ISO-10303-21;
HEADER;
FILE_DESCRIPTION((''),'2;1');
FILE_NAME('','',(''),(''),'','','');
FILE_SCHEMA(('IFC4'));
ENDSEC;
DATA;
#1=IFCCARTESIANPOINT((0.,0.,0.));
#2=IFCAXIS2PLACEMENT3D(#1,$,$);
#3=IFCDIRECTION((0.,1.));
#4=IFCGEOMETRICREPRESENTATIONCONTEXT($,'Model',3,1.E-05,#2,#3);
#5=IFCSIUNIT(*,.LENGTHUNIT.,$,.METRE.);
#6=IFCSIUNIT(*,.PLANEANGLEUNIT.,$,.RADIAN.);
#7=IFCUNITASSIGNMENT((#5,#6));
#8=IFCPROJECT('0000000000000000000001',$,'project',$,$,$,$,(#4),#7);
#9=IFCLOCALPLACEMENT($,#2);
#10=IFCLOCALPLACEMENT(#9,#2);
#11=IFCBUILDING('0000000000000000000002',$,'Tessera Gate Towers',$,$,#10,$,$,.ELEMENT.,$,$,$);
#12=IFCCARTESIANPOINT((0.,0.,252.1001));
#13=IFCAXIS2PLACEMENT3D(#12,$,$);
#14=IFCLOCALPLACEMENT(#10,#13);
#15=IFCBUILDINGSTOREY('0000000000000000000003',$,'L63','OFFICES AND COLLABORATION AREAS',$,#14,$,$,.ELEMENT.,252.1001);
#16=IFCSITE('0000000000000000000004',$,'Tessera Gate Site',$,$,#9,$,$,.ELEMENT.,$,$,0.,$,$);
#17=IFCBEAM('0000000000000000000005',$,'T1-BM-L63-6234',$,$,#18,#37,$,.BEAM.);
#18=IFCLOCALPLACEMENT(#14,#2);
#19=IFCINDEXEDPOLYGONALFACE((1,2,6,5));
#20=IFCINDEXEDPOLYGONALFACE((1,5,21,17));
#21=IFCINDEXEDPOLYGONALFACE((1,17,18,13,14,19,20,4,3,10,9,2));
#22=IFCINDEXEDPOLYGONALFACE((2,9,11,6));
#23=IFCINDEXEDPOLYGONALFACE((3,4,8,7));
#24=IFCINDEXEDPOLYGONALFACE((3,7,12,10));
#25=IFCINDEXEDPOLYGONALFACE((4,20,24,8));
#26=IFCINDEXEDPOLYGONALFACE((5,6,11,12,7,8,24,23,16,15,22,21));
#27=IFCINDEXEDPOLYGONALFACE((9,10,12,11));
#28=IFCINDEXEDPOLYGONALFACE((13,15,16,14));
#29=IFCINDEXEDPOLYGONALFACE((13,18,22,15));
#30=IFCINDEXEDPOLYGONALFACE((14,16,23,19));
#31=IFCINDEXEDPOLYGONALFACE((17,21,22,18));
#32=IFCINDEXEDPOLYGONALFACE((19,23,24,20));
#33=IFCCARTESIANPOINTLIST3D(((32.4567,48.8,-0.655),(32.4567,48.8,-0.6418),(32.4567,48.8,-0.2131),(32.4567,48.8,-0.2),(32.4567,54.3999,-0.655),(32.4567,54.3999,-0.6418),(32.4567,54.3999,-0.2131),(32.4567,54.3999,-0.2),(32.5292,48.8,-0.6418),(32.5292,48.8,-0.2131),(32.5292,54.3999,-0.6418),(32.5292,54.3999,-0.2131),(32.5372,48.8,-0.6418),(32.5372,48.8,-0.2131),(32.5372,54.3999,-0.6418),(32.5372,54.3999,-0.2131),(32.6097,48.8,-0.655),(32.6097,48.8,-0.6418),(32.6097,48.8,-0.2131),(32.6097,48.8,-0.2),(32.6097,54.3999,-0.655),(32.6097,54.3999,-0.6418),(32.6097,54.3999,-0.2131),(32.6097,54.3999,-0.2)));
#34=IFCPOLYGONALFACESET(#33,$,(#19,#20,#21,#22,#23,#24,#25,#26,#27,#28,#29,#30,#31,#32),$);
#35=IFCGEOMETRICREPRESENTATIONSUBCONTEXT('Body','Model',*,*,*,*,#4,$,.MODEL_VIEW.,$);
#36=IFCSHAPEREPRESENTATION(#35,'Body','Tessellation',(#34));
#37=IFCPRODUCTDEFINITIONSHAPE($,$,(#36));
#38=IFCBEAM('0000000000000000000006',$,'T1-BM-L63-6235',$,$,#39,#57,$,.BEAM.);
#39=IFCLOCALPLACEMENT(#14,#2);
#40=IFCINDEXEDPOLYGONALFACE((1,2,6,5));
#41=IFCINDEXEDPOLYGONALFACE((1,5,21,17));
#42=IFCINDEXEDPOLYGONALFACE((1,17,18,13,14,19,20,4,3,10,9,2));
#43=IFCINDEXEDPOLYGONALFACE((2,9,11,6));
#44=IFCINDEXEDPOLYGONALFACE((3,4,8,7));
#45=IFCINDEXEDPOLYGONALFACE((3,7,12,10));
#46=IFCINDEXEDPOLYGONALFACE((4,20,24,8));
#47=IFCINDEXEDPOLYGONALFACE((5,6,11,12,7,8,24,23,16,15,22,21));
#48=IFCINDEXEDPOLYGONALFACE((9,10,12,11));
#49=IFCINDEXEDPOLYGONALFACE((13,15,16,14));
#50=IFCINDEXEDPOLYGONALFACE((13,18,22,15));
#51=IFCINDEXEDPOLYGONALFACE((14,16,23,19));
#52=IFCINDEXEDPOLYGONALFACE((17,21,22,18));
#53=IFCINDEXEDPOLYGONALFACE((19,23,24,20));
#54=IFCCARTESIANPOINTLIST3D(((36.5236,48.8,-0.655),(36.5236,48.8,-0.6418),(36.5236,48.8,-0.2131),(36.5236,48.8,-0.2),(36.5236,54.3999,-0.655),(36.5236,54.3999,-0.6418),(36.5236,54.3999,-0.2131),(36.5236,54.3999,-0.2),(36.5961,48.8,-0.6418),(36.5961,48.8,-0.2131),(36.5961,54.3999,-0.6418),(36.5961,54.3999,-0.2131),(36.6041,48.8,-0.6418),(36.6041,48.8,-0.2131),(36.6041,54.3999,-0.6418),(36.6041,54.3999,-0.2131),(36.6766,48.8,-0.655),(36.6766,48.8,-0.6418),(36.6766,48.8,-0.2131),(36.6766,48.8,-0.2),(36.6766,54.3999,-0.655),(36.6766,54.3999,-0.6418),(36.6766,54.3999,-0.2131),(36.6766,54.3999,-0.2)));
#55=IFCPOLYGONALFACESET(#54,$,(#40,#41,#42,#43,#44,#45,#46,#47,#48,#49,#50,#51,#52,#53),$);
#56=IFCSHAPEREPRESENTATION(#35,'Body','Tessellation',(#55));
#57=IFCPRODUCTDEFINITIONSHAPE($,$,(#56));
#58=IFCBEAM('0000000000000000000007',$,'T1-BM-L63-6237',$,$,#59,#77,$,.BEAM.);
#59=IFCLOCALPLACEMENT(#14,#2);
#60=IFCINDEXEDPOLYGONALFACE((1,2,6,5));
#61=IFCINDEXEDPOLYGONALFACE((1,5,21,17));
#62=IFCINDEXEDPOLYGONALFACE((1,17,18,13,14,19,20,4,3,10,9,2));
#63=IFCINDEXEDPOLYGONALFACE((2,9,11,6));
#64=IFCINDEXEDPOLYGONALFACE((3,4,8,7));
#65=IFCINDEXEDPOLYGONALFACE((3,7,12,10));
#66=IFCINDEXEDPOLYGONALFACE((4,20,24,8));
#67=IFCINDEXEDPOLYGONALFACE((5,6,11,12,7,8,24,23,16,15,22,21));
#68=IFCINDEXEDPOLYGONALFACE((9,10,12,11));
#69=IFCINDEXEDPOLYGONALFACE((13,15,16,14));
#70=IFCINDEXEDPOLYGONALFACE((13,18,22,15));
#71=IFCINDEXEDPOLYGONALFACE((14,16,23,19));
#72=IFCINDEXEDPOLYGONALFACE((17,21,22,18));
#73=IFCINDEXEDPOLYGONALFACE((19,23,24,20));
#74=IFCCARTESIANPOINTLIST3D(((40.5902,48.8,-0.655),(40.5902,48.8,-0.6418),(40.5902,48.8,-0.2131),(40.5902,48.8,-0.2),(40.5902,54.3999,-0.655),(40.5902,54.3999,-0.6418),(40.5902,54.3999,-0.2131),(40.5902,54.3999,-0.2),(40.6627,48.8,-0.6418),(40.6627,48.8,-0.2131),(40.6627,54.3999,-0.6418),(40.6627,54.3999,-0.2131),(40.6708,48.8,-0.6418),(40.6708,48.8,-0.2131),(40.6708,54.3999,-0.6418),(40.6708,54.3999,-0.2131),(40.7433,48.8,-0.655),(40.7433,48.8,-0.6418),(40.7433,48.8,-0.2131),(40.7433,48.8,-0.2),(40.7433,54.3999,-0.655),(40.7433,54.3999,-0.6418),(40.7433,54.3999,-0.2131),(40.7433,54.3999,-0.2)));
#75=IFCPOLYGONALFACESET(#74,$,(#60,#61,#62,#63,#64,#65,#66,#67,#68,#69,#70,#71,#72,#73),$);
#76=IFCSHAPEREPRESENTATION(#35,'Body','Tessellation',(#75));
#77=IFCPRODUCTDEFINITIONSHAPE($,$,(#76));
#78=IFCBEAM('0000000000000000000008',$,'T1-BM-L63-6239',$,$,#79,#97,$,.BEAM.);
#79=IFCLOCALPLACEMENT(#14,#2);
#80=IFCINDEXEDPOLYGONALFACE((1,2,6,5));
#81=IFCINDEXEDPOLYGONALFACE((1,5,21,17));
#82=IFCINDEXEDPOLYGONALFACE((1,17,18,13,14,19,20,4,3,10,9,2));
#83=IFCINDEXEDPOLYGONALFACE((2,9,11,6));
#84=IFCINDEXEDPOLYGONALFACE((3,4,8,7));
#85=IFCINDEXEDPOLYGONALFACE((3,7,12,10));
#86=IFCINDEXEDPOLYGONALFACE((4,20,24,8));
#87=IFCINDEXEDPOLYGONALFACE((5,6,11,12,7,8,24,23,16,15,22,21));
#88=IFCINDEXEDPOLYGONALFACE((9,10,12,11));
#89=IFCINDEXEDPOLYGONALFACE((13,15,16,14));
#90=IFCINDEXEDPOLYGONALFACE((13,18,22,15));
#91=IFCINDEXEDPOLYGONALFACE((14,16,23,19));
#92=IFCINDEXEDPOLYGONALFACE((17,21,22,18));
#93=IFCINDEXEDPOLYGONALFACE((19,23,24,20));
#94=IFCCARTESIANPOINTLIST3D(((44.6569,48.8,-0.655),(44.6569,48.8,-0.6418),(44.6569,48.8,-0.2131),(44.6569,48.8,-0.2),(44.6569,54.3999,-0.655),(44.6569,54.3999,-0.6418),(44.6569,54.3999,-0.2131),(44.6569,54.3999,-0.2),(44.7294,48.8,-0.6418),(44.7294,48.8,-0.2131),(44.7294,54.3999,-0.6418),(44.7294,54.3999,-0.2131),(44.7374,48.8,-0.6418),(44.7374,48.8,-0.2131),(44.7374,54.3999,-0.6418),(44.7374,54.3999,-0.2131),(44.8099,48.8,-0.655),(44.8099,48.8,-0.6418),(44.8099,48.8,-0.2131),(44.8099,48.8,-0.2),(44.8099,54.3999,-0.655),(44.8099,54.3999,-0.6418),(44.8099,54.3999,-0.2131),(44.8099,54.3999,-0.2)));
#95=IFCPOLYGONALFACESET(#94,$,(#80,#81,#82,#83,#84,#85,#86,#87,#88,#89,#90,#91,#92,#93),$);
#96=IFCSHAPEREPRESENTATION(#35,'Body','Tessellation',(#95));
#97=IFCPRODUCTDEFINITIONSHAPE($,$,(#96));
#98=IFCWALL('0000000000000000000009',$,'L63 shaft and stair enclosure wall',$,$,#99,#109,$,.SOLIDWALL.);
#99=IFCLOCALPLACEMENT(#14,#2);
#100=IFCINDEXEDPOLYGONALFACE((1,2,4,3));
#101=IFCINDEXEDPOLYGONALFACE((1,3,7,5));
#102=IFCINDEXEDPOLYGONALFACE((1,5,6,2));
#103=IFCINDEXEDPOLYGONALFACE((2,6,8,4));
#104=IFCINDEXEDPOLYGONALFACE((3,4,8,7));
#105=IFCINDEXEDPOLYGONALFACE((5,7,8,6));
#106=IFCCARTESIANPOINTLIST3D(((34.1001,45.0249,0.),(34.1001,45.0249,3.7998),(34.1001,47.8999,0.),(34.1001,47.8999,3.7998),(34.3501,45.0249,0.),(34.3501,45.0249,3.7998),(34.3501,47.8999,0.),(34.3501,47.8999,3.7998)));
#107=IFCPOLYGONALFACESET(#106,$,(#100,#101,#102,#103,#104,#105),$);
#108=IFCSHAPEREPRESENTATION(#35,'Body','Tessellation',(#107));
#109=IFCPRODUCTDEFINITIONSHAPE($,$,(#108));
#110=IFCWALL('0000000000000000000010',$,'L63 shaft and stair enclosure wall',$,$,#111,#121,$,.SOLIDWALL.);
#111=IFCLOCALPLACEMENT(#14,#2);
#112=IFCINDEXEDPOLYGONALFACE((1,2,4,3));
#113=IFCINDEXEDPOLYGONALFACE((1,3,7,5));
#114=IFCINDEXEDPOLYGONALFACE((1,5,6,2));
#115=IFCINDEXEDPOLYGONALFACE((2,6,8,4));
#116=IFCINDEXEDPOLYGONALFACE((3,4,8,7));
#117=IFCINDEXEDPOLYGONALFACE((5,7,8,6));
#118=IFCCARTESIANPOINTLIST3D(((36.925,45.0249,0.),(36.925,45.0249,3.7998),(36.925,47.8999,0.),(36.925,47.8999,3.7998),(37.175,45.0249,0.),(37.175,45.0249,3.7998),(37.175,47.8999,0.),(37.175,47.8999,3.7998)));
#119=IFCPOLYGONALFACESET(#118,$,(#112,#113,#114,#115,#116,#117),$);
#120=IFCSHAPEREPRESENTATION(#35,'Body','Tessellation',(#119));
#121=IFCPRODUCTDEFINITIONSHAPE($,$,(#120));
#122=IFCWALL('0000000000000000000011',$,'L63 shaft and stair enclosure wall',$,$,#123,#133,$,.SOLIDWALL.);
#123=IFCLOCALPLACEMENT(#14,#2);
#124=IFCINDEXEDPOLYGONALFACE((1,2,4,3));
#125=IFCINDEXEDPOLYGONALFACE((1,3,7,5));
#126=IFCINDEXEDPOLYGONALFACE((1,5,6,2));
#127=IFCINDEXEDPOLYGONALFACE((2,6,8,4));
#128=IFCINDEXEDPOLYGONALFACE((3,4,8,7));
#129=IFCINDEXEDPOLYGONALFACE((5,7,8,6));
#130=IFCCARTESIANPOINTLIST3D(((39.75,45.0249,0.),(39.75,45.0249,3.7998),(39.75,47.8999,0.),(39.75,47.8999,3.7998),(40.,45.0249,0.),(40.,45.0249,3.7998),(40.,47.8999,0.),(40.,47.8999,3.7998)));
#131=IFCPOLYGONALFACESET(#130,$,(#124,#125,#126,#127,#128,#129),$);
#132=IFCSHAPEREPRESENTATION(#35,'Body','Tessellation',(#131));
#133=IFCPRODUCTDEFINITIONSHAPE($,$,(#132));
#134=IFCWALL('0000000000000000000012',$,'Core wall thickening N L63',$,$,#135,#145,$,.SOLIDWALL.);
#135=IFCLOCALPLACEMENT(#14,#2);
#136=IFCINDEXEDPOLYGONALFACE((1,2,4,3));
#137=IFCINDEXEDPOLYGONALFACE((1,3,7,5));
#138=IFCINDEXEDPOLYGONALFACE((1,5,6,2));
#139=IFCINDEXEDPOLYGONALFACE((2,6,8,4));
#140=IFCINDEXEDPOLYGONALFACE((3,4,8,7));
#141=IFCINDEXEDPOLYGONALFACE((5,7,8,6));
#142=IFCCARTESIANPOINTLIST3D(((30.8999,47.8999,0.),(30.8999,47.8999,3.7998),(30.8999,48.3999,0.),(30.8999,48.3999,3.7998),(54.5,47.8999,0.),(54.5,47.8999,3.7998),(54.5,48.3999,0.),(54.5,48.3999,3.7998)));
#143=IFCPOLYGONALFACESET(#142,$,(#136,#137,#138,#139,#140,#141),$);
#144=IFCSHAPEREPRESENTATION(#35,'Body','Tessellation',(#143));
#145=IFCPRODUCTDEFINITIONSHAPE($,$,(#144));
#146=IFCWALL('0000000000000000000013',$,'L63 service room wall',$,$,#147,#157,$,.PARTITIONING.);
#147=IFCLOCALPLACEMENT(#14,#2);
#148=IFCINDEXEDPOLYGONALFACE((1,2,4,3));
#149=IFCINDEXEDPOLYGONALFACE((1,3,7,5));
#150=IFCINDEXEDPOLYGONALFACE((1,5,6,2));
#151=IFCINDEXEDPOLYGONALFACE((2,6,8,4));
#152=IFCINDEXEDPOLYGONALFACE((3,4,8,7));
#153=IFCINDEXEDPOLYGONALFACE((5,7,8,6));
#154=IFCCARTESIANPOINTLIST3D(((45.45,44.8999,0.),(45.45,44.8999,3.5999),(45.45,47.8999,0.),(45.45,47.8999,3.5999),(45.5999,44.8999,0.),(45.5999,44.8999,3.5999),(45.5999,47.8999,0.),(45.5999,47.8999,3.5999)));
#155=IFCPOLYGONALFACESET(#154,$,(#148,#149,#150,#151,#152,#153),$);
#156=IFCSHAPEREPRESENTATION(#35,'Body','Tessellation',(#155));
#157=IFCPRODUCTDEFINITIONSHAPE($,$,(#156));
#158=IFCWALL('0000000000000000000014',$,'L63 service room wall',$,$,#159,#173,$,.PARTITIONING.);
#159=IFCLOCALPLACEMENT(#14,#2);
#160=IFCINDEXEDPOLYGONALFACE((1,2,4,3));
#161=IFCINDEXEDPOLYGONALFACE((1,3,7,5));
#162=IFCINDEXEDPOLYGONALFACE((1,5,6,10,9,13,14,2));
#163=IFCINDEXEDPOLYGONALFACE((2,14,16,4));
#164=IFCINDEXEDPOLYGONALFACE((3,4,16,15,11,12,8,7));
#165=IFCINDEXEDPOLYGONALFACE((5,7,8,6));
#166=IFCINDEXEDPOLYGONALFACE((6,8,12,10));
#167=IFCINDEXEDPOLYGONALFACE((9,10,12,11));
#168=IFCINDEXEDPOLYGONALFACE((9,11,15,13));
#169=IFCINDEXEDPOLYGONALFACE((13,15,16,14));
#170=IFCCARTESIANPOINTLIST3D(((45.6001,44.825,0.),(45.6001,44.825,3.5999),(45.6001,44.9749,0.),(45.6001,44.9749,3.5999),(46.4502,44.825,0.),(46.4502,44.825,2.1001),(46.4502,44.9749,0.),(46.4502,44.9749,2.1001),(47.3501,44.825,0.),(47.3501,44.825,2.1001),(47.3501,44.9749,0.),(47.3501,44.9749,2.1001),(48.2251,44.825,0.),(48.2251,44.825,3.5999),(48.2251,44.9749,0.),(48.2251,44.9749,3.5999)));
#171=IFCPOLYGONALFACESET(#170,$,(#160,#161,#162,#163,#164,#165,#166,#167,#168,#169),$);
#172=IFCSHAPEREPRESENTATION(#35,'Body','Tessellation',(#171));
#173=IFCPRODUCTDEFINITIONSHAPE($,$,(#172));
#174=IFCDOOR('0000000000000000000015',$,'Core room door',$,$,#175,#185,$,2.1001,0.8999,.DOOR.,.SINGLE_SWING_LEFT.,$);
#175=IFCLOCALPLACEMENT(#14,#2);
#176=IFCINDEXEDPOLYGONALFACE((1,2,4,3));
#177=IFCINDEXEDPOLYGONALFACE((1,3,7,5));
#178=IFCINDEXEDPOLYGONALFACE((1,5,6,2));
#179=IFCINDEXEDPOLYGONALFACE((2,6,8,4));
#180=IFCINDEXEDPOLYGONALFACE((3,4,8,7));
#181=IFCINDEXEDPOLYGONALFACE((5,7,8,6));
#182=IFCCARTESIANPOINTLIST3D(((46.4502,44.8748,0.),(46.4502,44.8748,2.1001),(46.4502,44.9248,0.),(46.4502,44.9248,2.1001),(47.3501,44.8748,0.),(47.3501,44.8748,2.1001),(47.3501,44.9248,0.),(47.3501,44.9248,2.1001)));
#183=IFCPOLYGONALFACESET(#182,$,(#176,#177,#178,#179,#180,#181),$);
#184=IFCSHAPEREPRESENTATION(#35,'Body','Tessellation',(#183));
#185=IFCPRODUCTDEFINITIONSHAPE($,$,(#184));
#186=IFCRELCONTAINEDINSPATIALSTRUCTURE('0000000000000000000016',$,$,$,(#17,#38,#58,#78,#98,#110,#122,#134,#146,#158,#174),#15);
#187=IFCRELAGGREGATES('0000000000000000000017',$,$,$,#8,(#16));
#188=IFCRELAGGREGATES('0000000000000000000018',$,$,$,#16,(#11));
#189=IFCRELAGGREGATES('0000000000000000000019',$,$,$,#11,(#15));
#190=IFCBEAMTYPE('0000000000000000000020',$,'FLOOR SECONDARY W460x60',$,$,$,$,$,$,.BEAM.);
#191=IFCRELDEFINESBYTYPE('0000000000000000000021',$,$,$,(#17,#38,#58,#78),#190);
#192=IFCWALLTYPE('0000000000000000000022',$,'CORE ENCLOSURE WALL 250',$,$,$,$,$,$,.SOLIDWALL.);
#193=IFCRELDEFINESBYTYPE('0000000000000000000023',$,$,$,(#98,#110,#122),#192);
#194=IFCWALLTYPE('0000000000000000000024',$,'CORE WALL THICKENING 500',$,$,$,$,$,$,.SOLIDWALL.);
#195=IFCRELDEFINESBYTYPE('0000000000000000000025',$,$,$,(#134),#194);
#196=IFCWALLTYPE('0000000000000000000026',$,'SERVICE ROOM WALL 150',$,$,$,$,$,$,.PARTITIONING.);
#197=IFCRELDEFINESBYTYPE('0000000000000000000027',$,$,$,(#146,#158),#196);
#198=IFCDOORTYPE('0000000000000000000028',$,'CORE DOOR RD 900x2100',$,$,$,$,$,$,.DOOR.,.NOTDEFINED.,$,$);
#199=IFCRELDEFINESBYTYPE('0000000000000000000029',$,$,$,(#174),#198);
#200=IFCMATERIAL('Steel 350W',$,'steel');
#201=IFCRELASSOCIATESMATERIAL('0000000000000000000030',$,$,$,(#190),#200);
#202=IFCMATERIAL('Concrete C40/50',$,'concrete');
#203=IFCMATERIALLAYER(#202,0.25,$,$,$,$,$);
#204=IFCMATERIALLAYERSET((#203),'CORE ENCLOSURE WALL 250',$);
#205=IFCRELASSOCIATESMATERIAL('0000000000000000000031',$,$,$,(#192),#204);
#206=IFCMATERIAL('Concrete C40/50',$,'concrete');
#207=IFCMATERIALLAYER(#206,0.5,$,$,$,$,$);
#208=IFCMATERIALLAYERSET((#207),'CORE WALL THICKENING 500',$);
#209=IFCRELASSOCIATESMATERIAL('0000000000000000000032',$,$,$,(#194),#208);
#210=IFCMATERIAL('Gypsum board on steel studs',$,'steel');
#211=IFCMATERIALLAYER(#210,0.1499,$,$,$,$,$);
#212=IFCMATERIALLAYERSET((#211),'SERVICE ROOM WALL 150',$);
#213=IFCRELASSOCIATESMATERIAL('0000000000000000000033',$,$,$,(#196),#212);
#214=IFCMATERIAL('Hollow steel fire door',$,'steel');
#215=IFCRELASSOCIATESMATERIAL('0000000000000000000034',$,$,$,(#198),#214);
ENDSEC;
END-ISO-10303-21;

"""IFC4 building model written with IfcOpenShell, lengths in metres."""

from ifc_helpers import new_model, si_unit, direction, frame, frame_2d, origin, origin_2d, place, context, subcontext, project, spatial, rectangle, i_section, extrude, source, transform, mapped, material, layer, layer_set, material_profile, profile_set, type_object, element, fill, save


model = new_model("IFC4")

# Units and contexts
model_context = context("Model", 3, precision=1e-05, world=origin(), true_north=direction((0.0, 1.0)))
body_context = subcontext(model_context, "Body", "Model", "MODEL_VIEW")
ifc_project = project(units=[si_unit("LENGTHUNIT", "METRE"), si_unit("PLANEANGLEUNIT", "RADIAN")], contexts=[model_context])

# Site, building, storey
site_placement = place(None, origin())
site = spatial("IfcSite", under=ifc_project, at=site_placement, Name="Tessera Gate Site", CompositionType="ELEMENT", RefElevation=0.0)
building_placement = place(site_placement, origin())
building = spatial("IfcBuilding", under=site, at=building_placement, Name="Tessera Gate Towers", CompositionType="ELEMENT")
storey_placement = place(building_placement, frame((0.0, 0.0, 252.1001)))
storey = spatial("IfcBuildingStorey", under=building, at=storey_placement, Name="L63", Description="OFFICES AND COLLABORATION AREAS", CompositionType="ELEMENT", Elevation=252.1001)

# Beams
ifc_material_1 = material(Name="Steel 350W", Category="steel")
ifc_material_profile = material_profile(ifc_material_1, i_section(OverallWidth=0.1531, OverallDepth=0.4551, WebThickness=0.0081, FlangeThickness=0.0132, at=origin_2d()), Name="W460x60")
ifc_profile_set = profile_set([ifc_material_profile], Name="Steel 350W")
beam_type = type_object("IfcBeamType", Name="FLOOR SECONDARY W460x60", PredefinedType="BEAM", material=ifc_profile_set)
for number, where, z_axis, x_axis, name in (
    (1, (32.5332, 48.8, -0.4275), (0.0, 1.0, 0.0), (-1.0, 0.0, 0.0), "T1-BM-L63-6234"),
    (2, (36.6001, 48.8, -0.4275), (0.0, 1.0, 0.0), (-1.0, 0.0, 0.0), "T1-BM-L63-6235"),
    (3, (40.6667, 48.8, -0.4275), (0.0, 1.0, 0.0), (-1.0, 0.0, 0.0), "T1-BM-L63-6237"),
    (4, (44.7334, 48.8, -0.4275), (0.0, 1.0, 0.0), (-1.0, 0.0, 0.0), "T1-BM-L63-6239"),
):
    element("IfcBeam", number, at=place(storey_placement, frame(where, z_axis=z_axis, x_axis=x_axis)), inside=storey, type_object=beam_type, Name=name, PredefinedType="BEAM", context=body_context, shape_type="SweptSolid", body=[
        extrude(i_section(OverallWidth=0.1531, OverallDepth=0.4551, WebThickness=0.0081, FlangeThickness=0.0132, at=origin_2d()), origin(), (0.0, 0.0, 1.0), 5.5999),
    ])

# Walls
ifc_material_2 = material(Name="Concrete C40/50", Category="concrete")
ifc_layer_1 = layer(ifc_material_2, 0.25)
ifc_layer_set_1 = layer_set([ifc_layer_1], Name="CORE ENCLOSURE WALL 250")
wall_type_1 = type_object("IfcWallType", Name="CORE ENCLOSURE WALL 250", PredefinedType="SOLIDWALL", material=ifc_layer_set_1)
for number, where, z_axis, x_axis, name in (
    (5, (34.2251, 45.0249, 0.0), (0.0, 0.0, 1.0), (0.0, 1.0, 0.0), "L63 shaft and stair enclosure wall"),
    (6, (37.05, 45.0249, 0.0), (0.0, 0.0, 1.0), (0.0, 1.0, 0.0), "L63 shaft and stair enclosure wall"),
    (7, (39.875, 45.0249, 0.0), (0.0, 0.0, 1.0), (0.0, 1.0, 0.0), "L63 shaft and stair enclosure wall"),
):
    element("IfcWall", number, at=place(storey_placement, frame(where, z_axis=z_axis, x_axis=x_axis)), inside=storey, type_object=wall_type_1, Name=name, PredefinedType="SOLIDWALL", context=body_context, shape_type="SweptSolid", body=[
        extrude(rectangle(XDim=2.875, YDim=0.25, at=frame_2d((1.4375, 0.0))), origin(), (0.0, 0.0, 1.0), 3.7998),
    ])
ifc_material_3 = material(Name="Concrete C40/50", Category="concrete")
ifc_layer_2 = layer(ifc_material_3, 0.5)
ifc_layer_set_2 = layer_set([ifc_layer_2], Name="CORE WALL THICKENING 500")
wall_type_2 = type_object("IfcWallType", Name="CORE WALL THICKENING 500", PredefinedType="SOLIDWALL", material=ifc_layer_set_2)
wall_1_placement = place(storey_placement, frame((30.8999, 48.1499, 0.0), z_axis=(0.0, 0.0, 1.0), x_axis=(1.0, 0.0, 0.0)))
element("IfcWall", 8, at=wall_1_placement, inside=storey, type_object=wall_type_2, Name="Core wall thickening N L63", PredefinedType="SOLIDWALL", context=body_context, shape_type="SweptSolid", body=[
    extrude(rectangle(XDim=23.6001, YDim=0.5, at=frame_2d((11.8, 0.0))), origin(), (0.0, 0.0, 1.0), 3.7998),
])
ifc_material_4 = material(Name="Gypsum board on steel studs", Category="steel")
ifc_layer_3 = layer(ifc_material_4, 0.1499)
ifc_layer_set_3 = layer_set([ifc_layer_3], Name="SERVICE ROOM WALL 150")
wall_type_3 = type_object("IfcWallType", Name="SERVICE ROOM WALL 150", PredefinedType="PARTITIONING", material=ifc_layer_set_3)
wall_2_placement = place(storey_placement, frame((45.5249, 44.8999, 0.0), z_axis=(0.0, 0.0, 1.0), x_axis=(0.0, 1.0, 0.0)))
element("IfcWall", 9, at=wall_2_placement, inside=storey, type_object=wall_type_3, Name="L63 service room wall", PredefinedType="PARTITIONING", context=body_context, shape_type="SweptSolid", body=[
    extrude(rectangle(XDim=3.0, YDim=0.1499, at=frame_2d((1.5, 0.0))), origin(), (0.0, 0.0, 1.0), 3.5999),
])

# Wall, opening, door
wall_3_placement = place(storey_placement, frame((45.6001, 44.8999, 0.0), z_axis=(0.0, 0.0, 1.0), x_axis=(1.0, 0.0, 0.0)))
wall_3 = element("IfcWall", 10, at=wall_3_placement, inside=storey, type_object=wall_type_3, Name="L63 service room wall", PredefinedType="PARTITIONING", context=body_context, shape_type="SweptSolid", body=[
    extrude(rectangle(XDim=2.625, YDim=0.1499, at=frame_2d((1.3125, 0.0))), origin(), (0.0, 0.0, 1.0), 3.5999),
])
shared_shape_1 = source(origin(), body_context, "Body", "SweptSolid", [
    extrude(rectangle(XDim=0.8999, YDim=2.1001, at=frame_2d((0.45, 1.05))), frame((0.0, 0.085, 0.0), z_axis=(0.0, -1.0, 0.0), x_axis=(1.0, 0.0, 0.0)), (0.0, 0.0, 1.0), 0.1699),
])
opening_1_placement = place(wall_3_placement, frame((0.8501, 0.0, 0.0)))
opening_1 = element("IfcOpeningElement", 11, at=opening_1_placement, cuts=wall_3, PredefinedType="OPENING", context=body_context, shape_type="MappedRepresentation", body=[
    mapped(shared_shape_1, transform((0.0, 0.0, 0.0), scale=1.0)),
])
ifc_material_5 = material(Name="Hollow steel fire door", Category="steel")
door_type = type_object("IfcDoorType", Name="CORE DOOR RD 900x2100", OperationType="NOTDEFINED", PredefinedType="DOOR", material=ifc_material_5)
shared_shape_2 = source(origin(), body_context, "Body", "SweptSolid", [
    extrude(rectangle(XDim=0.8999, YDim=2.1001, at=frame_2d((0.45, 1.05))), frame((0.0, 0.0249, 0.0), z_axis=(0.0, -1.0, 0.0), x_axis=(1.0, 0.0, 0.0)), (0.0, 0.0, 1.0), 0.05),
])
door_placement = place(opening_1_placement, origin())
door = element("IfcDoor", 12, at=door_placement, inside=storey, type_object=door_type, Name="Core room door", OperationType="SINGLE_SWING_LEFT", OverallHeight=2.1001, OverallWidth=0.8999, PredefinedType="DOOR", context=body_context, shape_type="MappedRepresentation", body=[
    mapped(shared_shape_2, transform((0.0, 0.0, 0.0), scale=1.0)),
])
fill(opening_1, door)

save(model, "model.ifc")
